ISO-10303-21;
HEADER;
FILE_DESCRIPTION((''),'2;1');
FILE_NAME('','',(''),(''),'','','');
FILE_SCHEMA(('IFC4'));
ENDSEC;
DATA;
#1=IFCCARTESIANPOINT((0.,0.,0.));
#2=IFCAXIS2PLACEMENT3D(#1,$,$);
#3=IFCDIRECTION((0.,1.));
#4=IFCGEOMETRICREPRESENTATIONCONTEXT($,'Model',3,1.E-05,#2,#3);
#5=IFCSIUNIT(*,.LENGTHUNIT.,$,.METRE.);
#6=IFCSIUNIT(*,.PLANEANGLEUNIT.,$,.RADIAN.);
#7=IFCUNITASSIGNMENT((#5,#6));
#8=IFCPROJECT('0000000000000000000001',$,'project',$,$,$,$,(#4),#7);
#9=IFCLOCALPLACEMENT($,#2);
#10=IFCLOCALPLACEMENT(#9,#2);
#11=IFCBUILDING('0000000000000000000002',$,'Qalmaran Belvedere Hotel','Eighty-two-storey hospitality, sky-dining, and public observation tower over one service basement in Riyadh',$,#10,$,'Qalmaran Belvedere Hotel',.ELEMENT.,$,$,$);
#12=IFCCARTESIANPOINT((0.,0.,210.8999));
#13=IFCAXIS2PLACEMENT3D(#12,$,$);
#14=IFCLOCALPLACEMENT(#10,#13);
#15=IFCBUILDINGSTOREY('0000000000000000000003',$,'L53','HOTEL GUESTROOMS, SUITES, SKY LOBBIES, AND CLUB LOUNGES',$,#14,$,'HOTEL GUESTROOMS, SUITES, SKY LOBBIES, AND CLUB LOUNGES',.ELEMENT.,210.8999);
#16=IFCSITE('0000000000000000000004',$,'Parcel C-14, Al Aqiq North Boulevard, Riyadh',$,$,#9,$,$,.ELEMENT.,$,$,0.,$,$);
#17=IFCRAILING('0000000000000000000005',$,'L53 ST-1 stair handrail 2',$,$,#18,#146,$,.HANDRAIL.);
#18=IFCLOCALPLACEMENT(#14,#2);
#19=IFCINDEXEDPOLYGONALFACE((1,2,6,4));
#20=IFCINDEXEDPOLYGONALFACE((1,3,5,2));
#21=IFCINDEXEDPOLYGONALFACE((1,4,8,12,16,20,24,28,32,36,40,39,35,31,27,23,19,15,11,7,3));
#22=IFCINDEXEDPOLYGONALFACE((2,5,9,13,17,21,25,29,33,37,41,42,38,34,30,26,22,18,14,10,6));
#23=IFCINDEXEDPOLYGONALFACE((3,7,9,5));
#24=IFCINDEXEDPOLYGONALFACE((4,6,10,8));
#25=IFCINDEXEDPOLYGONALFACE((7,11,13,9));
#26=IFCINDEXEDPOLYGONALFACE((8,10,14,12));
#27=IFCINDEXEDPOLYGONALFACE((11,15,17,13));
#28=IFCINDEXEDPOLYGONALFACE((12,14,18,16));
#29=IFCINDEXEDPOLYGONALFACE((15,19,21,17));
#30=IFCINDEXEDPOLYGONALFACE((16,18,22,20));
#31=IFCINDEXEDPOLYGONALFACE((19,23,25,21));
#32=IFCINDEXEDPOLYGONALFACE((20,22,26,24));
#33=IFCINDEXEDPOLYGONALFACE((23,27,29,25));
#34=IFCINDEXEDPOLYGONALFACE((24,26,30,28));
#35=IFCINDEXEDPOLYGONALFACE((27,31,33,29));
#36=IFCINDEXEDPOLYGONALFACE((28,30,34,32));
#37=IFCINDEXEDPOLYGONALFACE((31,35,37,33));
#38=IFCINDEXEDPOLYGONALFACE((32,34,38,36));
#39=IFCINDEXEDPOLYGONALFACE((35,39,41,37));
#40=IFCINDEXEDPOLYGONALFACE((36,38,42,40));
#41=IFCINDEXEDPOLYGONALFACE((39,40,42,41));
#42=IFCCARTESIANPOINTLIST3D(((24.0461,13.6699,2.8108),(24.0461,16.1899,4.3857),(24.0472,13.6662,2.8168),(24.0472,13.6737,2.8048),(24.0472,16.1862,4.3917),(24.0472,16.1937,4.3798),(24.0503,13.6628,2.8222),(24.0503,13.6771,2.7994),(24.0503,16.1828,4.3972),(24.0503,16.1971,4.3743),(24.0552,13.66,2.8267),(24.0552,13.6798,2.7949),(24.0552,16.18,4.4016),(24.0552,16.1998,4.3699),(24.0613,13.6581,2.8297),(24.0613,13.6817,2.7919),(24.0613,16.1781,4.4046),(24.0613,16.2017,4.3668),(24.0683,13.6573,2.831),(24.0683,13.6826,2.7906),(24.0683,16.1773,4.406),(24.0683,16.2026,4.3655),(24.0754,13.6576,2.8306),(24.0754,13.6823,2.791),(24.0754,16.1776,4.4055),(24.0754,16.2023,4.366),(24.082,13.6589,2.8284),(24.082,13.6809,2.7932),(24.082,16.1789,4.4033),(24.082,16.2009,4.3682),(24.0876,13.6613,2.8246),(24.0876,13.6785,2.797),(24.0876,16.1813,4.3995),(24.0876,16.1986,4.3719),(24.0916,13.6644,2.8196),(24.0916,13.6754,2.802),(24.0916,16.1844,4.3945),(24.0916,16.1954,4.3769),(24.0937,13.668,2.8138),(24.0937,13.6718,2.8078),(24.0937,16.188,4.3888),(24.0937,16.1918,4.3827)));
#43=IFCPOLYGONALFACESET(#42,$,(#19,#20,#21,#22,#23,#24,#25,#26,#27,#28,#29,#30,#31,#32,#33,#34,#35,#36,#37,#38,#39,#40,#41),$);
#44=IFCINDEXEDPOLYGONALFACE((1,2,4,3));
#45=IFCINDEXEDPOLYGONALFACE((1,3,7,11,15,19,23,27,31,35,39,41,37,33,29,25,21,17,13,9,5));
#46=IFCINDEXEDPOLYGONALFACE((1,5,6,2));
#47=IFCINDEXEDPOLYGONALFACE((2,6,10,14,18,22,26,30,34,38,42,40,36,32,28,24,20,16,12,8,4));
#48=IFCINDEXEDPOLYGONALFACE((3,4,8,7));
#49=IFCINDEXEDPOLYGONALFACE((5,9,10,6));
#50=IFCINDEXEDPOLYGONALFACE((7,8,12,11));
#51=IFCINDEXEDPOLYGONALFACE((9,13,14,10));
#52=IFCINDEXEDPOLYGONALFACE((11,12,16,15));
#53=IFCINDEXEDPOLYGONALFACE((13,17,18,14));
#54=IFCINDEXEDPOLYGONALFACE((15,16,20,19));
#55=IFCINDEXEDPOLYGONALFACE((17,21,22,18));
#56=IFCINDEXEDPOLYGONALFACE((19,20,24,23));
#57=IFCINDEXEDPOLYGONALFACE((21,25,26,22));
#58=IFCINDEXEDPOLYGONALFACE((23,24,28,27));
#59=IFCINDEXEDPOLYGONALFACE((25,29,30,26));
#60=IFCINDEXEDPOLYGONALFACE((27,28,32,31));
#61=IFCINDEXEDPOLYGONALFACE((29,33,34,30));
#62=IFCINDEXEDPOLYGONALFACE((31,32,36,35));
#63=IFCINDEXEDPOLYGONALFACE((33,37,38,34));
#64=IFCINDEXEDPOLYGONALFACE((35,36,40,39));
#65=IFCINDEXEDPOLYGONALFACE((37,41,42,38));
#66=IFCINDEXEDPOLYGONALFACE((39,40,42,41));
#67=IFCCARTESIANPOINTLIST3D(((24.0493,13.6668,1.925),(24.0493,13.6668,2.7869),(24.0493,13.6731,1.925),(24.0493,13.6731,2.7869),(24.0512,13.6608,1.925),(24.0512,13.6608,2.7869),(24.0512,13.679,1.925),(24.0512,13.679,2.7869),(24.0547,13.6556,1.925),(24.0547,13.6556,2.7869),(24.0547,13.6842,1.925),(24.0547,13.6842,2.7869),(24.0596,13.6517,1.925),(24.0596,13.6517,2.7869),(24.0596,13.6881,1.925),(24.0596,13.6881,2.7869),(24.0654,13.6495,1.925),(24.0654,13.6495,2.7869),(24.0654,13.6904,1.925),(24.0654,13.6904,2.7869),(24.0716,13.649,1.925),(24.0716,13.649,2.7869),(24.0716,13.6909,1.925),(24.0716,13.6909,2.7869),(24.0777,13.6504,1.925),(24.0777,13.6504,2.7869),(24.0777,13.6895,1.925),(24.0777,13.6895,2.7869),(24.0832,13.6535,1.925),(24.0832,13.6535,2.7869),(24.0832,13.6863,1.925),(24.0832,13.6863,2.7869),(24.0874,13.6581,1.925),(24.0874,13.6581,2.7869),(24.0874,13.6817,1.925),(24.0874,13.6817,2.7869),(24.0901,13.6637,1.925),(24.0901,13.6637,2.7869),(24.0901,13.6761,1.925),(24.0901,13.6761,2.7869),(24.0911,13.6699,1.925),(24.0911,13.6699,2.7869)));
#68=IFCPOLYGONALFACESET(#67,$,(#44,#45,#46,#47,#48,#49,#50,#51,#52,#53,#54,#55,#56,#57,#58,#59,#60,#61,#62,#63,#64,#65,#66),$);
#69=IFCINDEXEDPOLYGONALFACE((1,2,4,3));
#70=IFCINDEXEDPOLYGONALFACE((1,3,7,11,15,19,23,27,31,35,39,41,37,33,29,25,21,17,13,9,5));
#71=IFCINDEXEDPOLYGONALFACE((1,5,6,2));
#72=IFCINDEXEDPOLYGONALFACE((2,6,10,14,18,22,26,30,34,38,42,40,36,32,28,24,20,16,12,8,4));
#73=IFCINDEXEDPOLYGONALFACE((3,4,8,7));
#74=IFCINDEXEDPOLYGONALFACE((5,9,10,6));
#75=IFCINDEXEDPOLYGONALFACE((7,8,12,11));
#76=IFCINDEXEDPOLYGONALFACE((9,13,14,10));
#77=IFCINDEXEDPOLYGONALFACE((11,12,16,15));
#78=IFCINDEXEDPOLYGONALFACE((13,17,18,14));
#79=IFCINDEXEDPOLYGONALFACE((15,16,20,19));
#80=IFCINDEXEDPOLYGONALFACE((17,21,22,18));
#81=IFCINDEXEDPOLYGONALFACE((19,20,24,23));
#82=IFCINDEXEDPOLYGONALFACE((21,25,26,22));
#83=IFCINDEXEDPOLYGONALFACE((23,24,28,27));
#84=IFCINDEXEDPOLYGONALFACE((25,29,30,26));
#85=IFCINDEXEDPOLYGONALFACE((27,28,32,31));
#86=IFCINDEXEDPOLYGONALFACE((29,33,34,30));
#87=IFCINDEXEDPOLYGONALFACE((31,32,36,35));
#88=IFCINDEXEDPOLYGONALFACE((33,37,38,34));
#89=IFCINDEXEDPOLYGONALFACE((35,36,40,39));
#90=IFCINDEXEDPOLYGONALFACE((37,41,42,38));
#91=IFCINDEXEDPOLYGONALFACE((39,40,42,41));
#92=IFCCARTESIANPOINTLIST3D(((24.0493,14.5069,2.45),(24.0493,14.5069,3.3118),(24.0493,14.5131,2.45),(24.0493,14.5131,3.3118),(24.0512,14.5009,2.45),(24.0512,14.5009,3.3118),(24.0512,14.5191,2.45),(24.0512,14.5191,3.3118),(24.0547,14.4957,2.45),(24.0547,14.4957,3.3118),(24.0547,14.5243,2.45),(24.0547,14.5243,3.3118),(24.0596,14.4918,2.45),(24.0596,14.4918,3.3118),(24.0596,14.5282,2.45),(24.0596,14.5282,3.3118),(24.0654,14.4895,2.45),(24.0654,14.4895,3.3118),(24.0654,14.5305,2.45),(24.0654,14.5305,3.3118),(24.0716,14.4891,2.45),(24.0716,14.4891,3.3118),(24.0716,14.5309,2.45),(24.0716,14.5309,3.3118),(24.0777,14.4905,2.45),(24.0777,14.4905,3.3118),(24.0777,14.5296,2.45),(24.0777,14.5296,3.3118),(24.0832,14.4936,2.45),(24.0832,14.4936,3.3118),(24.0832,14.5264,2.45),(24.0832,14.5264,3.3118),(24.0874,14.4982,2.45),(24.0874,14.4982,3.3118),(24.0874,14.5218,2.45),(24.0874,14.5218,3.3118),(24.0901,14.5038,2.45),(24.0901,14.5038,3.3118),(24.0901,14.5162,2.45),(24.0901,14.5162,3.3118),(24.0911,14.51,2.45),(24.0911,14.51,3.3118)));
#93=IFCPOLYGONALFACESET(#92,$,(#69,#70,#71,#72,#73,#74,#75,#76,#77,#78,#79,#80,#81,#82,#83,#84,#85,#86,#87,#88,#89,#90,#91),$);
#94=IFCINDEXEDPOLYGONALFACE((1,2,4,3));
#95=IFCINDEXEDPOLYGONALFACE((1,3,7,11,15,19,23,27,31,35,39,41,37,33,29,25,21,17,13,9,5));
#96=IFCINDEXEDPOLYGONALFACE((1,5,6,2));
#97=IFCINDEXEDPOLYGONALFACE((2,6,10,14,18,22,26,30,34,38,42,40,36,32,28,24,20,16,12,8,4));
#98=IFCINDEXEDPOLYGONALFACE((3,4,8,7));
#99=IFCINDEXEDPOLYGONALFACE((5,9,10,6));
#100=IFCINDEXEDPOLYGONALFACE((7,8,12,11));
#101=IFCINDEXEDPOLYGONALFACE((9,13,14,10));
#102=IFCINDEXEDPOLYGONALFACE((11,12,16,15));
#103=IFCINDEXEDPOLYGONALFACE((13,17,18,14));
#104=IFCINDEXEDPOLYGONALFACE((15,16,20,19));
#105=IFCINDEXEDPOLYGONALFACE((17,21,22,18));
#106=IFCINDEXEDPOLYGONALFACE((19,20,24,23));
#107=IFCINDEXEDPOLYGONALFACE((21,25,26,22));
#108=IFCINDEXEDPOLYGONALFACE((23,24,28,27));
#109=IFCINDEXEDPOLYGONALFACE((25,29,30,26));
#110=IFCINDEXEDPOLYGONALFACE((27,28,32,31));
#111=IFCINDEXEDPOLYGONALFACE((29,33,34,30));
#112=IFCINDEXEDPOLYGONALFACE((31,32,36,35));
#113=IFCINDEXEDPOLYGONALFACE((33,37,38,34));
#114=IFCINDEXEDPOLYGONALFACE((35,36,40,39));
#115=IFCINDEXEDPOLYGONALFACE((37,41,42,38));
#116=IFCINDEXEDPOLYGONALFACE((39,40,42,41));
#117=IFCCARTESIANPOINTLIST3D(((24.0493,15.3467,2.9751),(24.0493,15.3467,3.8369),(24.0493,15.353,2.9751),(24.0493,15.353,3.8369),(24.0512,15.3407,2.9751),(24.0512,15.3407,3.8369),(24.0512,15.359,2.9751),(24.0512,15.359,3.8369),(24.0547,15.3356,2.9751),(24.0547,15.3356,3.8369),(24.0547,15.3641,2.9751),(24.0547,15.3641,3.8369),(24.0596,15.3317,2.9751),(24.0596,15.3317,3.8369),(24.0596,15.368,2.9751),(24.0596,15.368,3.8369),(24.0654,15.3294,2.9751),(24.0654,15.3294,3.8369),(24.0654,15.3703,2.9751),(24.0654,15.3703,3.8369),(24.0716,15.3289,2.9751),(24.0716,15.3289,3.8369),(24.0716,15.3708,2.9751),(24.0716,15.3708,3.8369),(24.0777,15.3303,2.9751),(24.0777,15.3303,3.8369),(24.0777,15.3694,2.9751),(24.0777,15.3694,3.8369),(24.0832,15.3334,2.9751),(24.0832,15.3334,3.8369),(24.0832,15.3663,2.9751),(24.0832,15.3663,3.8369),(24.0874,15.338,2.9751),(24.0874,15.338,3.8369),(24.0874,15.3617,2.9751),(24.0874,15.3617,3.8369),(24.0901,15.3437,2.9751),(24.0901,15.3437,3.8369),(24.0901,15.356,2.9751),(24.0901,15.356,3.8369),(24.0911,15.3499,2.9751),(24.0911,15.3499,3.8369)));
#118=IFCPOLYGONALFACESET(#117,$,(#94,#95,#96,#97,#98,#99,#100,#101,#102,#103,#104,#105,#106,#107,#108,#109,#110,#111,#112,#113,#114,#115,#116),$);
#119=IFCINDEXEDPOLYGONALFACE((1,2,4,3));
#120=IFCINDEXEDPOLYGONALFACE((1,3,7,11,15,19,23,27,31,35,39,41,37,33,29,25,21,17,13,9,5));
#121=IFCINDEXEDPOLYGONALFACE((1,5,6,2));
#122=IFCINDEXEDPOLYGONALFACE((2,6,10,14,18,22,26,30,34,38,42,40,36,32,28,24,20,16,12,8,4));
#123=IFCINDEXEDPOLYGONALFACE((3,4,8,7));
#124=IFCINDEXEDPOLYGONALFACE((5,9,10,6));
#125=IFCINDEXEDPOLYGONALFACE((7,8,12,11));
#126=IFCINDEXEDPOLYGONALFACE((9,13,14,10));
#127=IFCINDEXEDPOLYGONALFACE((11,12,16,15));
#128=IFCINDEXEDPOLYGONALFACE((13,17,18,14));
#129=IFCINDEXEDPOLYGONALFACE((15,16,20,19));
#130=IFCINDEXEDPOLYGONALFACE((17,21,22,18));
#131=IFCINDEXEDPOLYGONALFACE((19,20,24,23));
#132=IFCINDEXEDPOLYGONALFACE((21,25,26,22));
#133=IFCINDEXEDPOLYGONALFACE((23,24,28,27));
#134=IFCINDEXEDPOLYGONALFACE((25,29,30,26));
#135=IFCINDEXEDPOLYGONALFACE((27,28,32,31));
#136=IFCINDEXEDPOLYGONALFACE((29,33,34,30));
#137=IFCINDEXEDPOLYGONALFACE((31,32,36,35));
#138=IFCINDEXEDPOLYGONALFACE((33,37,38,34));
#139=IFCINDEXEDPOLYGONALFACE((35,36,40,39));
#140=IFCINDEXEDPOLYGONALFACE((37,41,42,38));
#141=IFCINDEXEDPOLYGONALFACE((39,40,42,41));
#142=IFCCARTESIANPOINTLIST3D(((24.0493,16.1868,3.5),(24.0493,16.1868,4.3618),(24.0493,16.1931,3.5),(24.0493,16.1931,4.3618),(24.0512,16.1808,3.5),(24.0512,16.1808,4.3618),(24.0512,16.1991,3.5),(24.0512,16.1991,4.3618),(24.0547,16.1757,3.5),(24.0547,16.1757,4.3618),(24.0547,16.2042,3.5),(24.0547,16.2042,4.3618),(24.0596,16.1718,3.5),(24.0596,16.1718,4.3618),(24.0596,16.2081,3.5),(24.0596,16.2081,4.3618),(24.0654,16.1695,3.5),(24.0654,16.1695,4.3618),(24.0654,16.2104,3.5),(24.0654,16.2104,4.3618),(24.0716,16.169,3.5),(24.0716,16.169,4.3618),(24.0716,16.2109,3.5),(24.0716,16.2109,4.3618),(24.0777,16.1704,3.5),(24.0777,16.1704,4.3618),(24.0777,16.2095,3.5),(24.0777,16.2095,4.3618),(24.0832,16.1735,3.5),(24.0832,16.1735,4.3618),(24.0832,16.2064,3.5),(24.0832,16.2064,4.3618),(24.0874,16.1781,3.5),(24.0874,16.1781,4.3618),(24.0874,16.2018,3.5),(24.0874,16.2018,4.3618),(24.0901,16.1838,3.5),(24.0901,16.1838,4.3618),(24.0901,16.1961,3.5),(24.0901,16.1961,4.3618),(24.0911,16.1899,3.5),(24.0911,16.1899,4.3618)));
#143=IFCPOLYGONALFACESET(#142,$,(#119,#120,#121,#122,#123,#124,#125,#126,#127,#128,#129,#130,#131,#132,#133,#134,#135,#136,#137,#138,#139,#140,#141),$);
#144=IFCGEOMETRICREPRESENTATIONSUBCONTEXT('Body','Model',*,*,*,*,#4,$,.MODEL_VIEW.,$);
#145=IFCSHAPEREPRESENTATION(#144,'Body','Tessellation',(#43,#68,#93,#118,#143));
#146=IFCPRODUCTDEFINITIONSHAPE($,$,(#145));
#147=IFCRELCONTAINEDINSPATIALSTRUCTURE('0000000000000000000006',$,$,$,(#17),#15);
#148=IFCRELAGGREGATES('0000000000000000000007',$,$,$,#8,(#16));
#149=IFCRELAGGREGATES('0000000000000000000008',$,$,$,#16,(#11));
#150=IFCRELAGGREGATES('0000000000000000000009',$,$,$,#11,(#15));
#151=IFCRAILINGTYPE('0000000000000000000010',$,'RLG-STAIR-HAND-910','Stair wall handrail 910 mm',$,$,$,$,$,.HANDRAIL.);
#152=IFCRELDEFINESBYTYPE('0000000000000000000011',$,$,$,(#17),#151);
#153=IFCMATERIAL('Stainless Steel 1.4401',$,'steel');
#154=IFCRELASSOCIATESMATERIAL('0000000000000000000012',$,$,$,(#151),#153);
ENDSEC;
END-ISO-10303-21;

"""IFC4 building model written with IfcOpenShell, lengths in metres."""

from ifc_helpers import new_model, si_unit, direction, frame, origin, origin_2d, place, context, subcontext, project, spatial, circle, extrude, material, type_object, element, save


model = new_model("IFC4")

# Units and contexts
model_context = context("Model", 3, precision=1e-05, world=origin(), true_north=direction((0.0, 1.0)))
body_context = subcontext(model_context, "Body", "Model", "MODEL_VIEW")
ifc_project = project(units=[si_unit("LENGTHUNIT", "METRE"), si_unit("PLANEANGLEUNIT", "RADIAN")], contexts=[model_context])

# Site, building, storey
site_placement = place(None, origin())
site = spatial("IfcSite", under=ifc_project, at=site_placement, Name="Parcel C-14, Al Aqiq North Boulevard, Riyadh", CompositionType="ELEMENT", RefElevation=0.0)
building_placement = place(site_placement, origin())
building = spatial("IfcBuilding", under=site, at=building_placement, Name="Qalmaran Belvedere Hotel", Description="Eighty-two-storey hospitality, sky-dining, and public observation tower over one service basement in Riyadh", LongName="Qalmaran Belvedere Hotel", CompositionType="ELEMENT")
storey_placement = place(building_placement, frame((0.0, 0.0, 210.8999)))
storey = spatial("IfcBuildingStorey", under=building, at=storey_placement, Name="L53", Description="HOTEL GUESTROOMS, SUITES, SKY LOBBIES, AND CLUB LOUNGES", LongName="HOTEL GUESTROOMS, SUITES, SKY LOBBIES, AND CLUB LOUNGES", CompositionType="ELEMENT", Elevation=210.8999)

# Shared definitions
ifc_material_1 = material(Name="Stainless Steel 1.4401", Category="steel")

# Railing
railing_type_1 = type_object("IfcRailingType", Name="RLG-STAIR-HAND-910", Description="Stair wall handrail 910 mm", PredefinedType="HANDRAIL", material=ifc_material_1)
railing_1_placement = place(storey_placement, frame((24.0701, 13.6699, 1.925)))
element("IfcRailing", 1, at=railing_1_placement, inside=storey, type_object=railing_type_1, Name="L53 ST-1 stair handrail 2", PredefinedType="HANDRAIL", context=body_context, shape_type="SweptSolid", body=[
    extrude(circle(Radius=0.0239, at=origin_2d()), frame((0.0, 0.0, 0.8857), z_axis=(0.0, 0.848008, 0.529984), x_axis=(-1.0, 0.0, 0.0)), (0.0, 0.0, 1.0), 2.9717),
    extrude(circle(Radius=0.021, at=origin_2d()), origin(), (0.0, 0.0, 1.0), 0.8618),
    extrude(circle(Radius=0.021, at=origin_2d()), frame((0.0, 0.8401, 0.5249)), (0.0, 0.0, 1.0), 0.8618),
    extrude(circle(Radius=0.021, at=origin_2d()), frame((0.0, 1.6799, 1.05)), (0.0, 0.0, 1.0), 0.8618),
    extrude(circle(Radius=0.021, at=origin_2d()), frame((0.0, 2.52, 1.575)), (0.0, 0.0, 1.0), 0.8618),
])

save(model, "model.ifc")
